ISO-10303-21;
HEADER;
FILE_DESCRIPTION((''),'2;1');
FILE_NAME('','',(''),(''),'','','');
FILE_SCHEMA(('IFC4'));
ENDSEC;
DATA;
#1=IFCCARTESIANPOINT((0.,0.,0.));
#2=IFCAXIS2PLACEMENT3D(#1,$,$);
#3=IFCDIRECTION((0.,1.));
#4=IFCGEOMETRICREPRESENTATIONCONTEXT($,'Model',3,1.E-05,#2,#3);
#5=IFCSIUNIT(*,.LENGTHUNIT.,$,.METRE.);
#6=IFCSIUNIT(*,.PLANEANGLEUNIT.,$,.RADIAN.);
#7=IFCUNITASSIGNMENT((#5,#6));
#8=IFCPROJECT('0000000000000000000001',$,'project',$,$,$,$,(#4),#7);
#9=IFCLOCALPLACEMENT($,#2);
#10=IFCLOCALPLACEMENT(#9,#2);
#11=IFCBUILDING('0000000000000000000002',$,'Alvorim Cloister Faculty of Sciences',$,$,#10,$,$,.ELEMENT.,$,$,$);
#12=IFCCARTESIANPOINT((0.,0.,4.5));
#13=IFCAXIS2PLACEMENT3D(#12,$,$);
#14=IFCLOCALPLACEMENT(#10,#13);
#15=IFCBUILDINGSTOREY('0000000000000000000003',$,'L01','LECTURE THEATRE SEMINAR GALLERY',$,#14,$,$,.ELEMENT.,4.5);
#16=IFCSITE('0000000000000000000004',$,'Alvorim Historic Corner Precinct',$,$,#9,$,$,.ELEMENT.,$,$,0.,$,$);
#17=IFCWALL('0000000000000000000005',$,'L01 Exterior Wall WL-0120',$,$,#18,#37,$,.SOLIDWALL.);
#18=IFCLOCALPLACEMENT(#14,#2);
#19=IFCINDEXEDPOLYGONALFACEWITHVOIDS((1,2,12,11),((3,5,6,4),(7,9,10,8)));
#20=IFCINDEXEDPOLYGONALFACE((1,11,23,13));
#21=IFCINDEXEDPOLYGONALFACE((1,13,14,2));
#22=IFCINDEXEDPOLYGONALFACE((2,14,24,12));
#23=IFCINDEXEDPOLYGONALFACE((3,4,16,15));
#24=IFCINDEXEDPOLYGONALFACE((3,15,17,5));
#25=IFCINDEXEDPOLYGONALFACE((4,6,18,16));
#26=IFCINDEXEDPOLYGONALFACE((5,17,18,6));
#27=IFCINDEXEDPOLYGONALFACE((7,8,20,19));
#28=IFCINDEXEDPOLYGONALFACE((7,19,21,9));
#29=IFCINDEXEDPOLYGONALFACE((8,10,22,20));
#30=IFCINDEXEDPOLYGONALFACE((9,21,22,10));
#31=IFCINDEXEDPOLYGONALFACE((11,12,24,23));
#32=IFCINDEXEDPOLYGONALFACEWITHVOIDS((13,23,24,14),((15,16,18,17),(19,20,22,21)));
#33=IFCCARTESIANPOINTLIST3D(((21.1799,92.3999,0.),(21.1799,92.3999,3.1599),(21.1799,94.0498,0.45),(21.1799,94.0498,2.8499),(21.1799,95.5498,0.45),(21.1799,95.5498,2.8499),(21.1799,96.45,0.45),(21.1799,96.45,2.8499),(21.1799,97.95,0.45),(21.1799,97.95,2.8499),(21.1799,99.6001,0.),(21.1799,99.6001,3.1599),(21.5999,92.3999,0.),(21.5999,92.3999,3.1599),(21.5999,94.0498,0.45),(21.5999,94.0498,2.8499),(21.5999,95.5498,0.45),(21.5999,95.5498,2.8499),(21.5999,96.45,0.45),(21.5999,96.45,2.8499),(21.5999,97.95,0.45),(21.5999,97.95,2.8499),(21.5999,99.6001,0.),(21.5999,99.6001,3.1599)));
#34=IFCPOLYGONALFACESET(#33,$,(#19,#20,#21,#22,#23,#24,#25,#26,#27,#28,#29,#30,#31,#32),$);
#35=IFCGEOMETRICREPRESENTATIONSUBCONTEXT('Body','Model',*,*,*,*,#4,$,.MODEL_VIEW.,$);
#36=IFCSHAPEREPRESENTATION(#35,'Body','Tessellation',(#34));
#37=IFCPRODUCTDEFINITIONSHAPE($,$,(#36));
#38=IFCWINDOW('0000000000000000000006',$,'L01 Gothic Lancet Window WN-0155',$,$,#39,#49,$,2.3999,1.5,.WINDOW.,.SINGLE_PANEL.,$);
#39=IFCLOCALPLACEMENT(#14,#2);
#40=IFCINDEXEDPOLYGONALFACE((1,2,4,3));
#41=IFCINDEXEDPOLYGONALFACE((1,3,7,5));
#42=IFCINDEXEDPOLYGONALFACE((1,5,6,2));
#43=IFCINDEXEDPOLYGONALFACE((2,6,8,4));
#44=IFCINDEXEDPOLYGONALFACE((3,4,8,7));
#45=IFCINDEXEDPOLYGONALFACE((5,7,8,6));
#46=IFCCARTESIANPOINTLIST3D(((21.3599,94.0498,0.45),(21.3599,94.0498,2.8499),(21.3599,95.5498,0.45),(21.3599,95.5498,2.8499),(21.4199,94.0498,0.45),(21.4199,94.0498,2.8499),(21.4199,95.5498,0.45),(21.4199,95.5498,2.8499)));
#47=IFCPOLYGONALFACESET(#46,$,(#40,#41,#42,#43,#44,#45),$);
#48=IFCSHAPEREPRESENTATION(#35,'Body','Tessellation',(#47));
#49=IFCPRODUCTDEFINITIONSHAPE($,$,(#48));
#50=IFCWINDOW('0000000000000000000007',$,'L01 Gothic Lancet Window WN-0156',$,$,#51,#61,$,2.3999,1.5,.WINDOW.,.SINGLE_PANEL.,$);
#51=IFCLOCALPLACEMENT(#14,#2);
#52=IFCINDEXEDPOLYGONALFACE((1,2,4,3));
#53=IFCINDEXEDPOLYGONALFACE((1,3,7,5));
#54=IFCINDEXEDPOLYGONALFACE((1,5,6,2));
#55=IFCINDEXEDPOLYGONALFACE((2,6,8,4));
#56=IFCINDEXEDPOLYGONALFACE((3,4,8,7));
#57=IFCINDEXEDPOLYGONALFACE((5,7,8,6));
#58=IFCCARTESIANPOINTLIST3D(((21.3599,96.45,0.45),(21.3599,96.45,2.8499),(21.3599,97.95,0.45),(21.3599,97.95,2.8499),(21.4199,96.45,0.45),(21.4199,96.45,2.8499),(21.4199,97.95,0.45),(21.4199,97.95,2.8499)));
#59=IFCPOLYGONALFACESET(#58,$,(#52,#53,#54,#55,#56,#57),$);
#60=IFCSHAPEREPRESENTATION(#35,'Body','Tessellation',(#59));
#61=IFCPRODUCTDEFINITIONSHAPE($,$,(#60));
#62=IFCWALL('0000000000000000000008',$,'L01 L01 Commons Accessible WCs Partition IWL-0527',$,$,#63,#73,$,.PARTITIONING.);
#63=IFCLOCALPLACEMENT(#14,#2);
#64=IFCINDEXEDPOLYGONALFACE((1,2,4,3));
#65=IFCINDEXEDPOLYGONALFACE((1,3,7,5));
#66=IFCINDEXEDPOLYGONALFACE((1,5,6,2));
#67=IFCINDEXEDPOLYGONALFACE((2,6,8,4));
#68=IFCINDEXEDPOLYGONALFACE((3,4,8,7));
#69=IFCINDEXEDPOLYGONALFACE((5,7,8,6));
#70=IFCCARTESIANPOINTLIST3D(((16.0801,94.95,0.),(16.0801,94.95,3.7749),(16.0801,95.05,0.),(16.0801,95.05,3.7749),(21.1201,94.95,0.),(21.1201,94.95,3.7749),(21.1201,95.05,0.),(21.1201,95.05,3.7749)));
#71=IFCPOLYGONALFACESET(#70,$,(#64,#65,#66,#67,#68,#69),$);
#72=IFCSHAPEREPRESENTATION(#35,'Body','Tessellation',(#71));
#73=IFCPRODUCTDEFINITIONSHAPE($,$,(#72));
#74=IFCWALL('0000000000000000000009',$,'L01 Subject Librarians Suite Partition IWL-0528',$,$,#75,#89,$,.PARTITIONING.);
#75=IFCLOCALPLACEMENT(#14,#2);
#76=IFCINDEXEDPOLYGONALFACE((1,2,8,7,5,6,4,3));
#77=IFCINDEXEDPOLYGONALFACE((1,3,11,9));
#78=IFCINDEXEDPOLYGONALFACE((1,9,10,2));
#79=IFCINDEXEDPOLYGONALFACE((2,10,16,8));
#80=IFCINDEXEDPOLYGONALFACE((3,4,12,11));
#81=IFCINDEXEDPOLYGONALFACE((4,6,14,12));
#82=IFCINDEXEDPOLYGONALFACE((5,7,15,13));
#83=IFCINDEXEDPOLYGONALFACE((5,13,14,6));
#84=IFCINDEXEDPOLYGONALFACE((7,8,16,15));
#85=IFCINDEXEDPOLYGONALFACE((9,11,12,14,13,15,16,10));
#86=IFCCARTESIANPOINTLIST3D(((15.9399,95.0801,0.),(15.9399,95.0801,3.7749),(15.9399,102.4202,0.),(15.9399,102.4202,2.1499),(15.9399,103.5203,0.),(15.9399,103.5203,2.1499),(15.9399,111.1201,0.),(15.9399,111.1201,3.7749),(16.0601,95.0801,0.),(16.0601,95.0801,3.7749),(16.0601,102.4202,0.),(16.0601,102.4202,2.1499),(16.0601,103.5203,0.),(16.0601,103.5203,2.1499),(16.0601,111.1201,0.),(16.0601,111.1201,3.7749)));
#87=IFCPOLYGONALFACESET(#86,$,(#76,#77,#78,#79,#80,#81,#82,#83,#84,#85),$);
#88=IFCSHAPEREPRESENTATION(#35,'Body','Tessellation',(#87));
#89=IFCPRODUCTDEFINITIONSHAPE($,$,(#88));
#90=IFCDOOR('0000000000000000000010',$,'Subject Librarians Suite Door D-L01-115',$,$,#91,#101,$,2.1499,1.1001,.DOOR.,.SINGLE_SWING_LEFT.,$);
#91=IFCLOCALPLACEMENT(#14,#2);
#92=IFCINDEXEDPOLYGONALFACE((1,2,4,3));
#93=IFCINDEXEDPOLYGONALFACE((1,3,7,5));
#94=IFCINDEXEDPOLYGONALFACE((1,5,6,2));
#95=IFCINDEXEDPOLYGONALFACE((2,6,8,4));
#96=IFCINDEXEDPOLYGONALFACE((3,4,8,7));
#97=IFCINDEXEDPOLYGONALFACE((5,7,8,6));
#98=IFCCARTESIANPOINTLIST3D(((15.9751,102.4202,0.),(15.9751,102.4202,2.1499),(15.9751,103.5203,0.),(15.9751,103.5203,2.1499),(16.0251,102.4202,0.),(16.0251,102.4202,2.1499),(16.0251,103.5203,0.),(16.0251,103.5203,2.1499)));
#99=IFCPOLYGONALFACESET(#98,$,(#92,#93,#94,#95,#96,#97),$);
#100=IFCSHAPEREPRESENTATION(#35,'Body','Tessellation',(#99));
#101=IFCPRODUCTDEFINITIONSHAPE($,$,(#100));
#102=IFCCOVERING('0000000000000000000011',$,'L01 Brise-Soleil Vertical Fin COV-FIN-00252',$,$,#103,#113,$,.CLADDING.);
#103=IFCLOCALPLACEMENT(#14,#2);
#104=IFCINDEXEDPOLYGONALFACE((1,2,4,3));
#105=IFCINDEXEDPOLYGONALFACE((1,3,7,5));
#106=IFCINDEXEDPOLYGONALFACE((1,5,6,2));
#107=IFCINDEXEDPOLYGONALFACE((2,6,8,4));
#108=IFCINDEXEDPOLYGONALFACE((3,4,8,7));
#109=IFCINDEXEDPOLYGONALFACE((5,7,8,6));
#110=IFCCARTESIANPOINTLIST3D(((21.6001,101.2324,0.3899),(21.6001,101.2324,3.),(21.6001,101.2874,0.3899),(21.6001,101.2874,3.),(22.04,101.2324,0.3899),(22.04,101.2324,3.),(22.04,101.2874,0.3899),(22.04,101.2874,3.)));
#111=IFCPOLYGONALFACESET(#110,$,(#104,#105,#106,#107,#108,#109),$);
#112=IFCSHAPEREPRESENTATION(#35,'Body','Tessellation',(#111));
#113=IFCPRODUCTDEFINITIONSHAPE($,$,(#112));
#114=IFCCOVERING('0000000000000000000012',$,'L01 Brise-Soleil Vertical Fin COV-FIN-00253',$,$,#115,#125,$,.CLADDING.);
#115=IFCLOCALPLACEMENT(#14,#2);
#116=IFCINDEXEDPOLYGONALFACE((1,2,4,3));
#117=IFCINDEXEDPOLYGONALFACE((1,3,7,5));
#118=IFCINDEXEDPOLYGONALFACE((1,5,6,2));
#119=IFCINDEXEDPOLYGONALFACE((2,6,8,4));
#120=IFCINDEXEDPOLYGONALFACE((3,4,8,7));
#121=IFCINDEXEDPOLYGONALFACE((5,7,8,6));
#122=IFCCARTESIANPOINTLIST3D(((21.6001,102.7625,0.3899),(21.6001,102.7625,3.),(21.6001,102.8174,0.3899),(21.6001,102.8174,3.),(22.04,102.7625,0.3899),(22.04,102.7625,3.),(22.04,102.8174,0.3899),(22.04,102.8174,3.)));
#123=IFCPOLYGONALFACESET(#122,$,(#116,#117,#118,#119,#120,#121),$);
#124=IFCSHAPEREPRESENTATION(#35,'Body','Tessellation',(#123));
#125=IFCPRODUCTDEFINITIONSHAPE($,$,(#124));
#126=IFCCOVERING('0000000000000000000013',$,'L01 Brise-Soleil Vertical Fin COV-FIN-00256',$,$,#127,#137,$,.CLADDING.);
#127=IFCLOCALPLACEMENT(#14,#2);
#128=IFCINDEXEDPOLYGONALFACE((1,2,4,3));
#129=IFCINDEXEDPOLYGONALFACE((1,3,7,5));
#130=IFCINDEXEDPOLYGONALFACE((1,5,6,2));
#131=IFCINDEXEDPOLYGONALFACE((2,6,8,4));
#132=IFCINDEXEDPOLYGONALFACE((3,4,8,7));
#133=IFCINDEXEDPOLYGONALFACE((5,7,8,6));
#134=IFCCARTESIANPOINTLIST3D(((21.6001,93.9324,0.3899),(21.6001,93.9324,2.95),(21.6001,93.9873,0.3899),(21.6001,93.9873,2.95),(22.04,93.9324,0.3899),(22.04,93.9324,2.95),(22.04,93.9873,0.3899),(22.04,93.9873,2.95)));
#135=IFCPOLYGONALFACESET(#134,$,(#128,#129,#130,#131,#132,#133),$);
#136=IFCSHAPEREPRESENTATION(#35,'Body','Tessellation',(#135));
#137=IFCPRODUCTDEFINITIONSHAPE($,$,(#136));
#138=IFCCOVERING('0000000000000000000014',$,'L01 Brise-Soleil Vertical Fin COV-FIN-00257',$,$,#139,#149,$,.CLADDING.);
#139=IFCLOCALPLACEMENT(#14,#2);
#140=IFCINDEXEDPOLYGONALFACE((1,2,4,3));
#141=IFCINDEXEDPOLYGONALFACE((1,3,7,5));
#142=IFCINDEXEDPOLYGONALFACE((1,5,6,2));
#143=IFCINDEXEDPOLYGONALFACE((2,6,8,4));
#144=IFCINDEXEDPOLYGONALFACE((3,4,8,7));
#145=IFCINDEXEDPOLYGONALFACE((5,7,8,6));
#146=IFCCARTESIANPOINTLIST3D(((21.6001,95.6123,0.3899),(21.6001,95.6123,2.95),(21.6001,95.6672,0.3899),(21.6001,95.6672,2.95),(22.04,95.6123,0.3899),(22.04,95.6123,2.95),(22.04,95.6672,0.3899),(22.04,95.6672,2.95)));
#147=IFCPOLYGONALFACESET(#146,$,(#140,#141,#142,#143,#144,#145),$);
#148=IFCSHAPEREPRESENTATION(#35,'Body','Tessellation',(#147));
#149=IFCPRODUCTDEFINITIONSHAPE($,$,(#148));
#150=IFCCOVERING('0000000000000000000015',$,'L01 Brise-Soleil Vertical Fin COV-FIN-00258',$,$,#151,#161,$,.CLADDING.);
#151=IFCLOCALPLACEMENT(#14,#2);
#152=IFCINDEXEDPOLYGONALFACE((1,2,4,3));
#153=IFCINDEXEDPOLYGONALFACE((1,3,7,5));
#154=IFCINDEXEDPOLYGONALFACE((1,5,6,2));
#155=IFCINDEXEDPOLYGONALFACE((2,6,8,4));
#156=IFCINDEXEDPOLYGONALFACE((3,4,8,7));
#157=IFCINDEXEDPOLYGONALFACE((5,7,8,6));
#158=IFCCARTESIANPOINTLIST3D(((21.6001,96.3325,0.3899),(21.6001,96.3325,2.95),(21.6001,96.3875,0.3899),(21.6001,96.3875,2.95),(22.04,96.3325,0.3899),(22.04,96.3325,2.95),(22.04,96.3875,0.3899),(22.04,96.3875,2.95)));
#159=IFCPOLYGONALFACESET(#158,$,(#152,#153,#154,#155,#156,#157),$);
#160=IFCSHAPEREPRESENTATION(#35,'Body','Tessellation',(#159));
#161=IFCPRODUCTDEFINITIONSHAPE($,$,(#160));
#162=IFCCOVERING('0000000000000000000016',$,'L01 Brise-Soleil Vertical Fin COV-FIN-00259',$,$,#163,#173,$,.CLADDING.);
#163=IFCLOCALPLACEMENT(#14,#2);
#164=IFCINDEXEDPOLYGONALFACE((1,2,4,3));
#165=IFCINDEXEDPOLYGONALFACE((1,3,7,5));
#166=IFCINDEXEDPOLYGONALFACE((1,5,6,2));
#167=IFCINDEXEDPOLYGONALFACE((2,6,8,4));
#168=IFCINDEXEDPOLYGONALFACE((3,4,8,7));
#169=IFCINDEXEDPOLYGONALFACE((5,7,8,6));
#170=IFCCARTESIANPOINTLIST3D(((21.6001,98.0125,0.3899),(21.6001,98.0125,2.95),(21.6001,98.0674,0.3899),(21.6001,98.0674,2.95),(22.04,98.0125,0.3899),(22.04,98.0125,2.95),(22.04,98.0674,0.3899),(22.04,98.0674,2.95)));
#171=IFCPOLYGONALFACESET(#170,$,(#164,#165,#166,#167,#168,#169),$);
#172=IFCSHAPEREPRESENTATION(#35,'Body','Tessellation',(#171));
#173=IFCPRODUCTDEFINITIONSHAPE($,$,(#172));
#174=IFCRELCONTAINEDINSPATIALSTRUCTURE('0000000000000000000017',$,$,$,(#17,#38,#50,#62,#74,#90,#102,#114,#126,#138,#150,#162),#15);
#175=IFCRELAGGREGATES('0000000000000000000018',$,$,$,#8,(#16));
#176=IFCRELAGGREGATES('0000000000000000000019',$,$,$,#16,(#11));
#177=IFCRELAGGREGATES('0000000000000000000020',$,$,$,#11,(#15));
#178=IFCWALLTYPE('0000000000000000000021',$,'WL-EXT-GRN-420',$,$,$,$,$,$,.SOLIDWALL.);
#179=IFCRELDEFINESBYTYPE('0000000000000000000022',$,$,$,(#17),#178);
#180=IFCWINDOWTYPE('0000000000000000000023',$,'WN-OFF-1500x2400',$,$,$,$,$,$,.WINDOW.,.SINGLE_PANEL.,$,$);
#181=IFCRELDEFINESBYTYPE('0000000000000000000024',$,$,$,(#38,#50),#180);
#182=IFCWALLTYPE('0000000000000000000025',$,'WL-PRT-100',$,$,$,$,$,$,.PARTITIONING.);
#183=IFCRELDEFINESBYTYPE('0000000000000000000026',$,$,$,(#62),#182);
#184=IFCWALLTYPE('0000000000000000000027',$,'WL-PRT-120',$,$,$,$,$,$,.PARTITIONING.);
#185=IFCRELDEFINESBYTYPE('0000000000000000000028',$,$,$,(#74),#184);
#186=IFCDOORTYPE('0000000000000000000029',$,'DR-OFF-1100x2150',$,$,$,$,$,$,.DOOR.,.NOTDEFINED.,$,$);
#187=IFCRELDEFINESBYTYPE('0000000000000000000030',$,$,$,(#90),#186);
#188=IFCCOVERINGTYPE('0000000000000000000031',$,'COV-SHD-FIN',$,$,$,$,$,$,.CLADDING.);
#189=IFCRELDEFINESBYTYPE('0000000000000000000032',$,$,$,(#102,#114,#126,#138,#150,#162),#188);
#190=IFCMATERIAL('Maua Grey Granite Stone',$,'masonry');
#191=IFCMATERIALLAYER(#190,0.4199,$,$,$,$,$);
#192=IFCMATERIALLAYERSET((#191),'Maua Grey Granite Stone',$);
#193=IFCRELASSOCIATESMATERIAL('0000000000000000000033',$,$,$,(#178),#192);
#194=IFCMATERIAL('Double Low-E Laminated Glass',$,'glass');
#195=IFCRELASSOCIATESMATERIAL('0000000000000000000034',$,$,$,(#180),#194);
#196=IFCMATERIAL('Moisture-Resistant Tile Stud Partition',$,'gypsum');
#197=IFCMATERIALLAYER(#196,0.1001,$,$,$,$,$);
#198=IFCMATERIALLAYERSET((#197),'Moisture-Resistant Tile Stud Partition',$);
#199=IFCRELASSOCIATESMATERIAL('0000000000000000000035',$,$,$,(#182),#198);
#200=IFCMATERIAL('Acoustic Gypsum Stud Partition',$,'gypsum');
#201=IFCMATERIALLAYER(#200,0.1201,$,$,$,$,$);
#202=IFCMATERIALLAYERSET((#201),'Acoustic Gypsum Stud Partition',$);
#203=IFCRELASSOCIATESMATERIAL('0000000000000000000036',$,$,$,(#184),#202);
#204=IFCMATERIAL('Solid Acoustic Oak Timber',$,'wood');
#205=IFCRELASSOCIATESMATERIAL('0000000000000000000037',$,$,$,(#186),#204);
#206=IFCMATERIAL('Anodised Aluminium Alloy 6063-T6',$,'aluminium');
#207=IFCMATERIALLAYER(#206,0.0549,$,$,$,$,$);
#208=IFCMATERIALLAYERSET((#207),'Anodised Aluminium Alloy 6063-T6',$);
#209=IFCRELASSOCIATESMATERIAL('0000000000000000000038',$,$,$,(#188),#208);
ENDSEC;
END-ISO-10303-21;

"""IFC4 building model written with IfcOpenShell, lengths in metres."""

from ifc_helpers import new_model, si_unit, direction, frame, frame_2d, origin, place, context, subcontext, project, spatial, polyline, rectangle, outline, extrude, material, layer, layer_set, type_object, element, fill, save


model = new_model("IFC4")

# Units and contexts
model_context = context("Model", 3, precision=1e-05, world=origin(), true_north=direction((0.0, 1.0)))
body_context = subcontext(model_context, "Body", "Model", "MODEL_VIEW")
ifc_project = project(units=[si_unit("LENGTHUNIT", "METRE"), si_unit("PLANEANGLEUNIT", "RADIAN")], contexts=[model_context])

# Site, building, storey
site_placement = place(None, origin())
site = spatial("IfcSite", under=ifc_project, at=site_placement, Name="Alvorim Historic Corner Precinct", CompositionType="ELEMENT", RefElevation=0.0)
building_placement = place(site_placement, origin())
building = spatial("IfcBuilding", under=site, at=building_placement, Name="Alvorim Cloister Faculty of Sciences", CompositionType="ELEMENT")
storey_placement = place(building_placement, frame((0.0, 0.0, 4.5)))
storey = spatial("IfcBuildingStorey", under=building, at=storey_placement, Name="L01", Description="LECTURE THEATRE SEMINAR GALLERY", CompositionType="ELEMENT", Elevation=4.5)

# Wall, openings, windows
ifc_material_1 = material(Name="Maua Grey Granite Stone", Category="masonry")
ifc_layer_1 = layer(ifc_material_1, 0.4199)
ifc_layer_set_1 = layer_set([ifc_layer_1], Name="Maua Grey Granite Stone")
wall_type_1 = type_object("IfcWallType", Name="WL-EXT-GRN-420", PredefinedType="SOLIDWALL", material=ifc_layer_set_1)
ifc_material_2 = material(Name="Double Low-E Laminated Glass", Category="glass")
wall_1_placement = place(storey_placement, frame((21.3899, 92.3999, 0.0), z_axis=(0.0, 0.0, 1.0), x_axis=(0.0, 1.0, 0.0)))
wall_1 = element("IfcWall", 1, at=wall_1_placement, inside=storey, type_object=wall_type_1, Name="L01 Exterior Wall WL-0120", PredefinedType="SOLIDWALL", context=body_context, shape_type="SweptSolid", body=[
    extrude(rectangle(XDim=7.2002, YDim=0.4199, at=frame_2d((3.6001, 0.0))), origin(), (0.0, 0.0, 1.0), 3.1599),
])
opening_1_placement = place(wall_1_placement, frame((1.6499, 0.0, 0.45)))
opening_1 = element("IfcOpeningElement", 2, at=opening_1_placement, cuts=wall_1, PredefinedType="OPENING", context=body_context, shape_type="SweptSolid", body=[
    extrude(rectangle(XDim=1.5, YDim=2.3999, at=frame_2d((0.75, 1.2))), frame((0.0, 0.2219, 0.0), z_axis=(0.0, -1.0, 0.0), x_axis=(1.0, 0.0, 0.0)), (0.0, 0.0, 1.0), 0.4438),
])
opening_2_placement = place(wall_1_placement, frame((4.05, 0.0, 0.45)))
opening_2 = element("IfcOpeningElement", 3, at=opening_2_placement, cuts=wall_1, PredefinedType="OPENING", context=body_context, shape_type="SweptSolid", body=[
    extrude(rectangle(XDim=1.5, YDim=2.3999, at=frame_2d((0.75, 1.2))), frame((0.0, 0.2219, 0.0), z_axis=(0.0, -1.0, 0.0), x_axis=(1.0, 0.0, 0.0)), (0.0, 0.0, 1.0), 0.4438),
])
window_type_1 = type_object("IfcWindowType", Name="WN-OFF-1500x2400", PartitioningType="SINGLE_PANEL", PredefinedType="WINDOW", material=ifc_material_2)
window_1_placement = place(opening_1_placement, origin())
window_1 = element("IfcWindow", 4, at=window_1_placement, inside=storey, type_object=window_type_1, Name="L01 Gothic Lancet Window WN-0155", OverallHeight=2.3999, OverallWidth=1.5, PartitioningType="SINGLE_PANEL", PredefinedType="WINDOW", context=body_context, shape_type="SweptSolid", body=[
    extrude(rectangle(XDim=1.5, YDim=2.3999, at=frame_2d((0.75, 1.2))), frame((0.0, 0.03, 0.0), z_axis=(0.0, -1.0, 0.0), x_axis=(1.0, 0.0, 0.0)), (0.0, 0.0, 1.0), 0.0601),
])
fill(opening_1, window_1)
window_2_placement = place(opening_2_placement, origin())
window_2 = element("IfcWindow", 5, at=window_2_placement, inside=storey, type_object=window_type_1, Name="L01 Gothic Lancet Window WN-0156", OverallHeight=2.3999, OverallWidth=1.5, PartitioningType="SINGLE_PANEL", PredefinedType="WINDOW", context=body_context, shape_type="SweptSolid", body=[
    extrude(rectangle(XDim=1.5, YDim=2.3999, at=frame_2d((0.75, 1.2))), frame((0.0, 0.03, 0.0), z_axis=(0.0, -1.0, 0.0), x_axis=(1.0, 0.0, 0.0)), (0.0, 0.0, 1.0), 0.0601),
])
fill(opening_2, window_2)

# Wall
ifc_material_3 = material(Name="Moisture-Resistant Tile Stud Partition", Category="gypsum")
ifc_layer_2 = layer(ifc_material_3, 0.1001)
ifc_layer_set_2 = layer_set([ifc_layer_2], Name="Moisture-Resistant Tile Stud Partition")
wall_type_2 = type_object("IfcWallType", Name="WL-PRT-100", PredefinedType="PARTITIONING", material=ifc_layer_set_2)
wall_2_placement = place(storey_placement, frame((16.0801, 95.0, 0.0), z_axis=(0.0, 0.0, 1.0), x_axis=(1.0, 0.0, 0.0)))
element("IfcWall", 6, at=wall_2_placement, inside=storey, type_object=wall_type_2, Name="L01 L01 Commons Accessible WCs Partition IWL-0527", PredefinedType="PARTITIONING", context=body_context, shape_type="SweptSolid", body=[
    extrude(rectangle(XDim=5.04, YDim=0.1001, at=frame_2d((2.52, 0.0))), origin(), (0.0, 0.0, 1.0), 3.7749),
])

# Wall, opening, door
ifc_material_4 = material(Name="Acoustic Gypsum Stud Partition", Category="gypsum")
ifc_layer_3 = layer(ifc_material_4, 0.1201)
ifc_layer_set_3 = layer_set([ifc_layer_3], Name="Acoustic Gypsum Stud Partition")
wall_type_3 = type_object("IfcWallType", Name="WL-PRT-120", PredefinedType="PARTITIONING", material=ifc_layer_set_3)
wall_3_placement = place(storey_placement, frame((16.0, 95.0801, 0.0), z_axis=(0.0, 0.0, 1.0), x_axis=(0.0, 1.0, 0.0)))
wall_3 = element("IfcWall", 7, at=wall_3_placement, inside=storey, type_object=wall_type_3, Name="L01 Subject Librarians Suite Partition IWL-0528", PredefinedType="PARTITIONING", context=body_context, shape_type="SweptSolid", body=[
    extrude(rectangle(XDim=16.04, YDim=0.1201, at=frame_2d((8.02, 0.0))), origin(), (0.0, 0.0, 1.0), 3.7749),
])
opening_3_placement = place(wall_3_placement, frame((7.3401, 0.0, 0.0)))
opening_3 = element("IfcOpeningElement", 8, at=opening_3_placement, cuts=wall_3, PredefinedType="OPENING", context=body_context, shape_type="SweptSolid", body=[
    extrude(rectangle(XDim=1.1001, YDim=2.1499, at=frame_2d((0.55, 1.075))), frame((0.0, 0.072, 0.0), z_axis=(0.0, -1.0, 0.0), x_axis=(1.0, 0.0, 0.0)), (0.0, 0.0, 1.0), 0.144),
])
ifc_material_5 = material(Name="Solid Acoustic Oak Timber", Category="wood")
door_type = type_object("IfcDoorType", Name="DR-OFF-1100x2150", OperationType="NOTDEFINED", PredefinedType="DOOR", material=ifc_material_5)
door_placement = place(opening_3_placement, origin())
door = element("IfcDoor", 9, at=door_placement, inside=storey, type_object=door_type, Name="Subject Librarians Suite Door D-L01-115", OperationType="SINGLE_SWING_LEFT", OverallHeight=2.1499, OverallWidth=1.1001, PredefinedType="DOOR", context=body_context, shape_type="SweptSolid", body=[
    extrude(rectangle(XDim=1.1001, YDim=2.1499, at=frame_2d((0.55, 1.075))), frame((0.0, 0.0249, 0.0), z_axis=(0.0, -1.0, 0.0), x_axis=(1.0, 0.0, 0.0)), (0.0, 0.0, 1.0), 0.05),
])
fill(opening_3, door)

# Coverings
ifc_material_6 = material(Name="Anodised Aluminium Alloy 6063-T6", Category="aluminium")
ifc_layer_4 = layer(ifc_material_6, 0.0549)
ifc_layer_set_4 = layer_set([ifc_layer_4], Name="Anodised Aluminium Alloy 6063-T6")
covering_type = type_object("IfcCoveringType", Name="COV-SHD-FIN", PredefinedType="CLADDING", material=ifc_layer_set_4)
for number, where, z_axis, x_axis, name in (
    (10, (21.6001, 101.26, 0.3899), (0.0, 0.0, 1.0), (1.0, 0.0, 0.0), "L01 Brise-Soleil Vertical Fin COV-FIN-00252"),
    (11, (21.6001, 102.79, 0.3899), (0.0, 0.0, 1.0), (1.0, 0.0, 0.0), "L01 Brise-Soleil Vertical Fin COV-FIN-00253"),
):
    element("IfcCovering", number, at=place(storey_placement, frame(where, z_axis=z_axis, x_axis=x_axis)), inside=storey, type_object=covering_type, Name=name, PredefinedType="CLADDING", context=body_context, shape_type="SweptSolid", body=[
        extrude(outline(polyline([(0.0, 0.0), (0.4399, 0.0), (0.4399, 2.6101), (0.0, 2.6101), (0.0, 0.0)])), frame((0.0, 0.0273, 0.0), z_axis=(0.0, -1.0, 0.0), x_axis=(1.0, 0.0, 0.0)), (0.0, 0.0, 1.0), 0.0549),
    ])
for number, where, z_axis, x_axis, name in (
    (12, (21.6001, 93.96, 0.3899), (0.0, 0.0, 1.0), (1.0, 0.0, 0.0), "L01 Brise-Soleil Vertical Fin COV-FIN-00256"),
    (13, (21.6001, 95.6399, 0.3899), (0.0, 0.0, 1.0), (1.0, 0.0, 0.0), "L01 Brise-Soleil Vertical Fin COV-FIN-00257"),
    (14, (21.6001, 96.3601, 0.3899), (0.0, 0.0, 1.0), (1.0, 0.0, 0.0), "L01 Brise-Soleil Vertical Fin COV-FIN-00258"),
    (15, (21.6001, 98.04, 0.3899), (0.0, 0.0, 1.0), (1.0, 0.0, 0.0), "L01 Brise-Soleil Vertical Fin COV-FIN-00259"),
):
    element("IfcCovering", number, at=place(storey_placement, frame(where, z_axis=z_axis, x_axis=x_axis)), inside=storey, type_object=covering_type, Name=name, PredefinedType="CLADDING", context=body_context, shape_type="SweptSolid", body=[
        extrude(outline(polyline([(0.0, 0.0), (0.4399, 0.0), (0.4399, 2.5601), (0.0, 2.5601), (0.0, 0.0)])), frame((0.0, 0.0273, 0.0), z_axis=(0.0, -1.0, 0.0), x_axis=(1.0, 0.0, 0.0)), (0.0, 0.0, 1.0), 0.0549),
    ])

save(model, "model.ifc")
